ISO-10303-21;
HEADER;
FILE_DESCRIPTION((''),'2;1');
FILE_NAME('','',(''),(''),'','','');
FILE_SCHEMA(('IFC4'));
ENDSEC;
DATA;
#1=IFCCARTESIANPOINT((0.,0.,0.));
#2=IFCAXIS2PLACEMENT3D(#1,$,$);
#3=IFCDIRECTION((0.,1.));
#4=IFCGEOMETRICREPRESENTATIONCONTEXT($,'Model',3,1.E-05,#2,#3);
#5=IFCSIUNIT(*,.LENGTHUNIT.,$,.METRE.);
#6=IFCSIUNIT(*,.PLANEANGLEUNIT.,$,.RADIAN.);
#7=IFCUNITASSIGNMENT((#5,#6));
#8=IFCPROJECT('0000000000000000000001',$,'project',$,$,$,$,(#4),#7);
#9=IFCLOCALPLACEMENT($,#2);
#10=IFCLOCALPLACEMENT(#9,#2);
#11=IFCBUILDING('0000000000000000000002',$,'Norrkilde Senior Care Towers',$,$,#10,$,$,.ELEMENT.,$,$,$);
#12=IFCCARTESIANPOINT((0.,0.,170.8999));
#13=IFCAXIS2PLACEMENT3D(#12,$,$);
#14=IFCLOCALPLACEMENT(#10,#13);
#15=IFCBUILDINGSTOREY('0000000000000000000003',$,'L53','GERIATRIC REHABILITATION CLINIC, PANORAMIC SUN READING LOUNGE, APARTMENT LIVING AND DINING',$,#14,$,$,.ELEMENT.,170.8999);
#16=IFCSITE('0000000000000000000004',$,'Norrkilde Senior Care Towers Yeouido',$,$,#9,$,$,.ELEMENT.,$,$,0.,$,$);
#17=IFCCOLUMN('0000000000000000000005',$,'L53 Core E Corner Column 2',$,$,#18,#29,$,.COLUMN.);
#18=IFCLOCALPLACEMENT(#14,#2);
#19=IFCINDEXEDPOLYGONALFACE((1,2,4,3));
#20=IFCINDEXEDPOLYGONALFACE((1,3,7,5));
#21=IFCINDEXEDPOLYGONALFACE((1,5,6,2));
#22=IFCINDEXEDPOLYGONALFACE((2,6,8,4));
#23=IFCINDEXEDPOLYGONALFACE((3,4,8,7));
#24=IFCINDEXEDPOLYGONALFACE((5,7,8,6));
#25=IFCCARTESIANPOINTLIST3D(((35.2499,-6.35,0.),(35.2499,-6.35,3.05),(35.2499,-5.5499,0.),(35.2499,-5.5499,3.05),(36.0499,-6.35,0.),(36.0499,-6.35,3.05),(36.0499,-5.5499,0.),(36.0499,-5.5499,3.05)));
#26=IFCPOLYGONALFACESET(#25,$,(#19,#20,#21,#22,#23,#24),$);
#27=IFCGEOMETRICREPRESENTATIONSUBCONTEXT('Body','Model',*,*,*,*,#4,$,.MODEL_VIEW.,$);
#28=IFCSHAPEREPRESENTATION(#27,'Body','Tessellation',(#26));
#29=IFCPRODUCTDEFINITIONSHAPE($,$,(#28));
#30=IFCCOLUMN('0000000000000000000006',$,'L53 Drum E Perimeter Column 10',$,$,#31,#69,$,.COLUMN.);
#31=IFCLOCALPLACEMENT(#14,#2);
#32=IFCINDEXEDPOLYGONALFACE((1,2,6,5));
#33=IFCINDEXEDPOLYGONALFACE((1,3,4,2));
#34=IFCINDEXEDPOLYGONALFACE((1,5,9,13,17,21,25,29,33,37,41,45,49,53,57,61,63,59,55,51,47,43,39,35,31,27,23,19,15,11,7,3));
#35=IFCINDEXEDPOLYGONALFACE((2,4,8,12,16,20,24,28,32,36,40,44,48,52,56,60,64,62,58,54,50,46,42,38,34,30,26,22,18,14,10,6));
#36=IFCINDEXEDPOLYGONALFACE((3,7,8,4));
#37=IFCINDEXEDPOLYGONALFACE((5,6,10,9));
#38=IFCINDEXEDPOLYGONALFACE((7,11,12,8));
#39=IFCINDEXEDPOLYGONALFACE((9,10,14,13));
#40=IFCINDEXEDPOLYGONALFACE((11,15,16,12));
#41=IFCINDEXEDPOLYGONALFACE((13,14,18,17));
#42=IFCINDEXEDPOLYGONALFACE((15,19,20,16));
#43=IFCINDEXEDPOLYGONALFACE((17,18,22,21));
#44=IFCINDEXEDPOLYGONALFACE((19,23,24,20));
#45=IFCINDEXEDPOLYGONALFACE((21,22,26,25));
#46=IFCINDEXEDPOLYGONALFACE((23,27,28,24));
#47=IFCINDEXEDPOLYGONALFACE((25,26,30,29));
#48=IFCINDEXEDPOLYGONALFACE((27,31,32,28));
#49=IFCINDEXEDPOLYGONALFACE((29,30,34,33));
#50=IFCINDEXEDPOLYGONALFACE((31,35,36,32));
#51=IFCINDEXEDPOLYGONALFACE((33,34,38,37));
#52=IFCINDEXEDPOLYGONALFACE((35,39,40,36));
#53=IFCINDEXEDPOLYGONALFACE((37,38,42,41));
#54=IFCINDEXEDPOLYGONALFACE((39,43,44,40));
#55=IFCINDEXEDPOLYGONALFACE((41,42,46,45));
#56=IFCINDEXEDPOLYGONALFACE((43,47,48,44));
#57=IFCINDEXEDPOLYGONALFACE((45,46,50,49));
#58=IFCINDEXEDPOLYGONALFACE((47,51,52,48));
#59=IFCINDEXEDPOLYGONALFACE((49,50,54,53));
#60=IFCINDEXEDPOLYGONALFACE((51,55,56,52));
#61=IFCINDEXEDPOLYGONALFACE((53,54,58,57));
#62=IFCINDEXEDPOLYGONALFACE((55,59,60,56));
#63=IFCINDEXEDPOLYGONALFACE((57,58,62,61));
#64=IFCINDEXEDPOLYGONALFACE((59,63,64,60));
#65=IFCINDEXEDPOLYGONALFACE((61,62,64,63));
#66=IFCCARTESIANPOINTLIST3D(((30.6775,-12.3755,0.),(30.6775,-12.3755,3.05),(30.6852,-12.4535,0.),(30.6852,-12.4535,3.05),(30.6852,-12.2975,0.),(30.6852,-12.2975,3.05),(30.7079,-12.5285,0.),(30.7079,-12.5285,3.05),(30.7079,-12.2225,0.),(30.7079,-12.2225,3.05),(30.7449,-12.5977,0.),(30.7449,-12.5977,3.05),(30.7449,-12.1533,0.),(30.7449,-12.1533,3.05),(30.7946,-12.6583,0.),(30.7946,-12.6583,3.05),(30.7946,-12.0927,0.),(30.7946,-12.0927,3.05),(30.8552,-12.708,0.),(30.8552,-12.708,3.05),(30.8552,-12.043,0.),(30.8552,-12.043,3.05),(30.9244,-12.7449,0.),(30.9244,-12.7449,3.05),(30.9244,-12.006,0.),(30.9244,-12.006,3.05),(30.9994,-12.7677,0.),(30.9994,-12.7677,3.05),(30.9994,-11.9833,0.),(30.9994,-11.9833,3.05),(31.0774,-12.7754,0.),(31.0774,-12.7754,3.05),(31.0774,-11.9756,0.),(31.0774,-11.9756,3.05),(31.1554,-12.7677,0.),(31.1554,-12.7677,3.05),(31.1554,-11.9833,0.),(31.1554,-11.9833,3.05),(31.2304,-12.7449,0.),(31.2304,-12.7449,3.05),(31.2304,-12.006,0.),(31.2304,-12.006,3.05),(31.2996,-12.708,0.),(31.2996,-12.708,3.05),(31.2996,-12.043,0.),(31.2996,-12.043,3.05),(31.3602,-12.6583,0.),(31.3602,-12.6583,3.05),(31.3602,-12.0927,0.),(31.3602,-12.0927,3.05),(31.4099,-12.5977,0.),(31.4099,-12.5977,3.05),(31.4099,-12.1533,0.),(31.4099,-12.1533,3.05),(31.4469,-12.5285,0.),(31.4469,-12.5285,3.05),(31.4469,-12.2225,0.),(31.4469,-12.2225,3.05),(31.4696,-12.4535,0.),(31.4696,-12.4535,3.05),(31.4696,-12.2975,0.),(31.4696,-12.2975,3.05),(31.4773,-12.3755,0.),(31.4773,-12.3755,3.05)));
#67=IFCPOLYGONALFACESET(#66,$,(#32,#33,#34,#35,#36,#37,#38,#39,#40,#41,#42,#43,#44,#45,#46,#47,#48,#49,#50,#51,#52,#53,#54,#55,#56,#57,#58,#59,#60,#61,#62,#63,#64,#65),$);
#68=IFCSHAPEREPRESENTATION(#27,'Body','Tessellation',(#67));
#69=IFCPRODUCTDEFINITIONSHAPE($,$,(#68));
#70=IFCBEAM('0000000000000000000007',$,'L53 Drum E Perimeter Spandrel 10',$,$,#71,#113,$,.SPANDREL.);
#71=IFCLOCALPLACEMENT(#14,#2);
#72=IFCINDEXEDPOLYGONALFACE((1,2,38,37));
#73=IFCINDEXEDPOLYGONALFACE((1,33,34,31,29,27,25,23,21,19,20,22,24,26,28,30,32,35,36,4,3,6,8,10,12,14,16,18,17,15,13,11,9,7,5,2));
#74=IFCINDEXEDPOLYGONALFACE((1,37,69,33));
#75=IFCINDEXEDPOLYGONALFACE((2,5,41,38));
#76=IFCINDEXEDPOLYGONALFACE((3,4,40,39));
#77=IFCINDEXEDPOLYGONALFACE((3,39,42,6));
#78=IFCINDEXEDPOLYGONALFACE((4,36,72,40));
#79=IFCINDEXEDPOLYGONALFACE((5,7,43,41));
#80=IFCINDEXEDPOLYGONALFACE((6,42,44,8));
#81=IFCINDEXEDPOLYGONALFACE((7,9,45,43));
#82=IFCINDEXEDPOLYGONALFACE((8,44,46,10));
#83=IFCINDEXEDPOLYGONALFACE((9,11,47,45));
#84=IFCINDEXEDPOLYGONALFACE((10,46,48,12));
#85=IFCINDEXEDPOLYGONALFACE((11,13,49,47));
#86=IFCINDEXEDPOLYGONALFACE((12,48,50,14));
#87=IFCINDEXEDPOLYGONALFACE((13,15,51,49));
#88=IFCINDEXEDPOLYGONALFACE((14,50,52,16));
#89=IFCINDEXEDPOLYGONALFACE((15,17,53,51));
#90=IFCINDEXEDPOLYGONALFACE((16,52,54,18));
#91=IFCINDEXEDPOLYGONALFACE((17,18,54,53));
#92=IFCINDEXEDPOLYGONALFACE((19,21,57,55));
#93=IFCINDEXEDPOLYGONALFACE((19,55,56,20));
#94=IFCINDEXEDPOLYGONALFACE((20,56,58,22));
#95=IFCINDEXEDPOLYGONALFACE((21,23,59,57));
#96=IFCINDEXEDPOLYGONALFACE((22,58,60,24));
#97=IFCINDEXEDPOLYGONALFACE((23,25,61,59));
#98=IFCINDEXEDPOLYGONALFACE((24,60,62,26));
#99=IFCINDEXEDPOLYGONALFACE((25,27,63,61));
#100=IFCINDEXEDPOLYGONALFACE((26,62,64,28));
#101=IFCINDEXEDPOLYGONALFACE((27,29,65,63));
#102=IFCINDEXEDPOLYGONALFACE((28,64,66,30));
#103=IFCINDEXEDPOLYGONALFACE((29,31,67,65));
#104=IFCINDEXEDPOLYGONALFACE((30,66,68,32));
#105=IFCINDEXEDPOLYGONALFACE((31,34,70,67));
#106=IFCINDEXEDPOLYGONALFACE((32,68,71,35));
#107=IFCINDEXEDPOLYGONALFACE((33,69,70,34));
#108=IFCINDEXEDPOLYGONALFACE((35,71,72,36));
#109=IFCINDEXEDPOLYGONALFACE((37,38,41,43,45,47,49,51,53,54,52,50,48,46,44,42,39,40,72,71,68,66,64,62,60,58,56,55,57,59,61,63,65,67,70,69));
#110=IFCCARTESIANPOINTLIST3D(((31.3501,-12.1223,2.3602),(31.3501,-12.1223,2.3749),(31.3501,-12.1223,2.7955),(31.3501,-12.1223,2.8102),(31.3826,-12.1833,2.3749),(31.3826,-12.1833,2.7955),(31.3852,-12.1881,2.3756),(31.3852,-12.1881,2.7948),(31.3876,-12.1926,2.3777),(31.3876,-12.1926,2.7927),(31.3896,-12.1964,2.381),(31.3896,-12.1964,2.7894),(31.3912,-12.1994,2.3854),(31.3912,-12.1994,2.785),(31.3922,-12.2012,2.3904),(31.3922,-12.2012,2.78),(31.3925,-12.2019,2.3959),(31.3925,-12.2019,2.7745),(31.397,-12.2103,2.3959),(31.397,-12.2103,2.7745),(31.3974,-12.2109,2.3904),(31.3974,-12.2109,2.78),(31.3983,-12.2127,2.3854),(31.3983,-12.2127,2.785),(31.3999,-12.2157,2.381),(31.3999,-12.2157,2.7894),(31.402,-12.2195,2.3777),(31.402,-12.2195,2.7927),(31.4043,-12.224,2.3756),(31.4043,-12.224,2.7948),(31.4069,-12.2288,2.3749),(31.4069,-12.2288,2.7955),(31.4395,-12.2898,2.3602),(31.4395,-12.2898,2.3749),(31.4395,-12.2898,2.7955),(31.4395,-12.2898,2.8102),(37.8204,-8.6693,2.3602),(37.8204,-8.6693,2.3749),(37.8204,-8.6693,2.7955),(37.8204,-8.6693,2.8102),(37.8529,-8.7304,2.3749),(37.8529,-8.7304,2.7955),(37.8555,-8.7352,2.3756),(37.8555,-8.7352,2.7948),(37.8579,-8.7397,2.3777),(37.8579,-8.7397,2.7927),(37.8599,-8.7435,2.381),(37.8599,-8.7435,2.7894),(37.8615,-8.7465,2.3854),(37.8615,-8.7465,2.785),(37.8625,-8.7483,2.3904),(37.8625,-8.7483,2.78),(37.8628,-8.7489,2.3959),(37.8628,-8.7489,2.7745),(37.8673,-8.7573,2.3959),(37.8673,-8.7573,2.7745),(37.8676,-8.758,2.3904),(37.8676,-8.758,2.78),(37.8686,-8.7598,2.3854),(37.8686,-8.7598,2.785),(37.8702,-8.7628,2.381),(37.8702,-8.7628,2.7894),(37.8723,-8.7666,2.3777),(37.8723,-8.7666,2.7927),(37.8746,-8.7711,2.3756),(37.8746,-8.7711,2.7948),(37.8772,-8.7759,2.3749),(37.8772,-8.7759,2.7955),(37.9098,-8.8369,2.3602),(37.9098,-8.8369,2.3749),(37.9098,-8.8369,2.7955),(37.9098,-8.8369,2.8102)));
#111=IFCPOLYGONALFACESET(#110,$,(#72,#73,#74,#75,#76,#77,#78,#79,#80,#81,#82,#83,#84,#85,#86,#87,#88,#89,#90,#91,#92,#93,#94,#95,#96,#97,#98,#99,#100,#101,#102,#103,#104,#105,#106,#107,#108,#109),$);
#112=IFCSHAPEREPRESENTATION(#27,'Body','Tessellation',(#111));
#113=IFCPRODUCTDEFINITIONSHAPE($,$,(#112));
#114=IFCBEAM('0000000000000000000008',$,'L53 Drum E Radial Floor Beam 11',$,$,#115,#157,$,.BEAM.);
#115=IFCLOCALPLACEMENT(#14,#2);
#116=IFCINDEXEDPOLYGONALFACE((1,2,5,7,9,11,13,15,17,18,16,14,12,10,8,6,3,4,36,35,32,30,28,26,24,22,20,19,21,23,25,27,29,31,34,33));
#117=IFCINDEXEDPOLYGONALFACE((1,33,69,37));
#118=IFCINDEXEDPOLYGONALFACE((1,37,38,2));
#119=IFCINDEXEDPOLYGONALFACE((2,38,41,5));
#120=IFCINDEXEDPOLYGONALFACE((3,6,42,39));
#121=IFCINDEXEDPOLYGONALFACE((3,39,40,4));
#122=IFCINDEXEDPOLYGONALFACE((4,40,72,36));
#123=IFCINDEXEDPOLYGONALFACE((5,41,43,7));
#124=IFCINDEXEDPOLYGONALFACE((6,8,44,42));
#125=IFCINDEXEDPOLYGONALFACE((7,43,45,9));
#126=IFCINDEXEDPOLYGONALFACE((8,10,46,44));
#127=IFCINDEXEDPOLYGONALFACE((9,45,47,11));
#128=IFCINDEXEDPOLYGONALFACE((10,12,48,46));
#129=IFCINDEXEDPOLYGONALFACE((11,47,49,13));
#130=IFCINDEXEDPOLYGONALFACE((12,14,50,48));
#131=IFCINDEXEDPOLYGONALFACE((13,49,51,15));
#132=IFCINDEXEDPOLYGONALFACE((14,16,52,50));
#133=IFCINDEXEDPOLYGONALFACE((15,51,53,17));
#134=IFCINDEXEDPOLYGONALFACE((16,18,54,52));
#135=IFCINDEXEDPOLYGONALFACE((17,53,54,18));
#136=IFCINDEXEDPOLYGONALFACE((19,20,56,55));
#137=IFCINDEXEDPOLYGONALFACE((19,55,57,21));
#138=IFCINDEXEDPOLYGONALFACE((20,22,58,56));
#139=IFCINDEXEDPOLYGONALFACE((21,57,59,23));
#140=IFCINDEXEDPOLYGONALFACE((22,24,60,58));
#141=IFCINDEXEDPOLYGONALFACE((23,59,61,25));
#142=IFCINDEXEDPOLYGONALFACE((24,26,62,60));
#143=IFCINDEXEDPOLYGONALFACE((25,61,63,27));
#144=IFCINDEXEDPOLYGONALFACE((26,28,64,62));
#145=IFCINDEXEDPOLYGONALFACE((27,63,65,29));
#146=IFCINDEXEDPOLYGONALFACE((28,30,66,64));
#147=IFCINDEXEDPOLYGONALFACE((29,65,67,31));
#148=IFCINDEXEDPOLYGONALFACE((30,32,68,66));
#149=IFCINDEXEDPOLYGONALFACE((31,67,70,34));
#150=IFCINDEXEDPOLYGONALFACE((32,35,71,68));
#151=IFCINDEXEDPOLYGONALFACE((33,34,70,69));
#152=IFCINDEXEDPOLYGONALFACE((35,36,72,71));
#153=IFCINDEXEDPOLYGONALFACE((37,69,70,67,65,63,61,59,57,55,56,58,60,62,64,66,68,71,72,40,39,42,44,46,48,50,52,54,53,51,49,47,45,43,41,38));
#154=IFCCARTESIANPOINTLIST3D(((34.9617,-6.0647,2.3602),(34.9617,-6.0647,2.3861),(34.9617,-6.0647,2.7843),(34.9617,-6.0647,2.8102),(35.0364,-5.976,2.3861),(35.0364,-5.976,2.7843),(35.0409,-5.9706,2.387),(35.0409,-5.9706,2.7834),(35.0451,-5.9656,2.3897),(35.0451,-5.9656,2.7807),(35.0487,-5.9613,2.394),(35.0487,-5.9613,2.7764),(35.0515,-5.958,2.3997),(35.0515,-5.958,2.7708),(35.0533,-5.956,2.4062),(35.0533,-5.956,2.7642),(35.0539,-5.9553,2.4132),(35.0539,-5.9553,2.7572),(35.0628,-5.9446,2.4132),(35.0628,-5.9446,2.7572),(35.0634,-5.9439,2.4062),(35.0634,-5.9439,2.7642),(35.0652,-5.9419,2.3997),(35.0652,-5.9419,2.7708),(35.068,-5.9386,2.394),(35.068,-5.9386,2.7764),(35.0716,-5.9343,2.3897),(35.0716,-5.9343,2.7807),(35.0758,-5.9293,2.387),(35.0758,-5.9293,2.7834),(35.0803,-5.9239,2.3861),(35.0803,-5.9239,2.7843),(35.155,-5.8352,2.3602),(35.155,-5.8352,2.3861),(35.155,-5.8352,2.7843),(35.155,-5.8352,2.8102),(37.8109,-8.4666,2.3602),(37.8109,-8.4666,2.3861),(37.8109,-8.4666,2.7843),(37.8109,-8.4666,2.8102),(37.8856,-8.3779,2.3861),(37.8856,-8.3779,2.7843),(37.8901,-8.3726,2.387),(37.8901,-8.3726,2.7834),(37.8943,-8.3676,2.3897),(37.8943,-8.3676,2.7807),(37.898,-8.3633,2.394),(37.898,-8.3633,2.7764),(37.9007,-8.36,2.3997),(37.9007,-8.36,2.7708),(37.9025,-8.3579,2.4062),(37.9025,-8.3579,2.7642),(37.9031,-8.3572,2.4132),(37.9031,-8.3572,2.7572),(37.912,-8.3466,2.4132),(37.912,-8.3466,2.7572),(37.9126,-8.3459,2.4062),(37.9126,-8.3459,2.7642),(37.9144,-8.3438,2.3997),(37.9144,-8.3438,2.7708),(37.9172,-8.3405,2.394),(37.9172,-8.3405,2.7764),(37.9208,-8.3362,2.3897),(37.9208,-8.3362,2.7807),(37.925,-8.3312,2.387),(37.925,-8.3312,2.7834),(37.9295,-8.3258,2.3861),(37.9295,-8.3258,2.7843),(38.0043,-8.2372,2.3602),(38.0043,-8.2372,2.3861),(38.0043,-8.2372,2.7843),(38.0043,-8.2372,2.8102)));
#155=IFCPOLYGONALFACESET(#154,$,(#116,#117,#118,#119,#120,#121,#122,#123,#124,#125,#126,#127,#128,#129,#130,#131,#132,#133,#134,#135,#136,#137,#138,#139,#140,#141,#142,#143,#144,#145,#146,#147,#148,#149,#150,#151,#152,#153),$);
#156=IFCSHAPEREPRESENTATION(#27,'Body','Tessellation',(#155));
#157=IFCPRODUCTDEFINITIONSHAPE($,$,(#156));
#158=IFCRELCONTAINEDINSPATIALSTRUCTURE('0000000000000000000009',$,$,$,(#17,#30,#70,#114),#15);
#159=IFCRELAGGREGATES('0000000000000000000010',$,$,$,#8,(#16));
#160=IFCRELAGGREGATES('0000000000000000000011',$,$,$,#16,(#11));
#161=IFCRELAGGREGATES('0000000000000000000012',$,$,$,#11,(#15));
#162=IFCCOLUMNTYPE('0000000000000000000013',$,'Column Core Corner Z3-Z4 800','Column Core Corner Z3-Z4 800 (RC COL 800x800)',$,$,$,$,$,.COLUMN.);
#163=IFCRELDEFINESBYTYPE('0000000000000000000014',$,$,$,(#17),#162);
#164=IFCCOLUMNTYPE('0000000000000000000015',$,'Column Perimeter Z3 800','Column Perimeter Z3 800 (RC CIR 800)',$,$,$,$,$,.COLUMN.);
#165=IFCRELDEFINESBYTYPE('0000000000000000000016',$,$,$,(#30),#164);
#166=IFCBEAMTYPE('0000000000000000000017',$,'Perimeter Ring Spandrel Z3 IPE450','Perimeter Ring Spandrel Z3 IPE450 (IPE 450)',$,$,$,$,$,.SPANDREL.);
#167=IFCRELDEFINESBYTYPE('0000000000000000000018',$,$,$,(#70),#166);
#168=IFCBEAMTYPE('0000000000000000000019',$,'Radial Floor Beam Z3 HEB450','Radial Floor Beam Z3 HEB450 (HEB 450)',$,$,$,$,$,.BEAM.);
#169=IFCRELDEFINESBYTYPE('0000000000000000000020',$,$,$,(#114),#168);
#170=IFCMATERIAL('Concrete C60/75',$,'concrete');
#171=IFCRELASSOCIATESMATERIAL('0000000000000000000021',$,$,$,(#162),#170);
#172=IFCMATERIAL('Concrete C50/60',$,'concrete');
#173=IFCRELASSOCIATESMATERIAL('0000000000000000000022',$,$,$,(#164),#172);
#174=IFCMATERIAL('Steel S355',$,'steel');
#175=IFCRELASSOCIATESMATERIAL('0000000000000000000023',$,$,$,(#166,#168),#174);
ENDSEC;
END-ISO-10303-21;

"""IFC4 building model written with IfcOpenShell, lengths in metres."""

from ifc_helpers import new_model, si_unit, direction, frame, origin, origin_2d, place, context, subcontext, project, spatial, rectangle, circle, i_section, extrude, source, transform, mapped, material, material_profile, profile_set, type_object, type_shapes, element, save


model = new_model("IFC4")

# Units and contexts
model_context = context("Model", 3, precision=1e-05, world=origin(), true_north=direction((0.0, 1.0)))
body_context = subcontext(model_context, "Body", "Model", "MODEL_VIEW")
ifc_project = project(units=[si_unit("LENGTHUNIT", "METRE"), si_unit("PLANEANGLEUNIT", "RADIAN")], contexts=[model_context])

# Site, building, storey
site_placement = place(None, origin())
site = spatial("IfcSite", under=ifc_project, at=site_placement, Name="Norrkilde Senior Care Towers Yeouido", CompositionType="ELEMENT", RefElevation=0.0)
building_placement = place(site_placement, origin())
building = spatial("IfcBuilding", under=site, at=building_placement, Name="Norrkilde Senior Care Towers", CompositionType="ELEMENT")
storey_placement = place(building_placement, frame((0.0, 0.0, 170.8999)))
storey = spatial("IfcBuildingStorey", under=building, at=storey_placement, Name="L53", Description="GERIATRIC REHABILITATION CLINIC, PANORAMIC SUN READING LOUNGE, APARTMENT LIVING AND DINING", CompositionType="ELEMENT", Elevation=170.8999)

# Columns
ifc_material_1 = material(Name="Concrete C60/75", Category="concrete")
ifc_material_profile_1 = material_profile(ifc_material_1, rectangle(XDim=0.8, YDim=0.8, at=origin_2d()), Name="RC COL 800x800")
ifc_profile_set_1 = profile_set([ifc_material_profile_1], Name="Concrete C60/75")
column_type_1 = type_object("IfcColumnType", Name="Column Core Corner Z3-Z4 800", Description="Column Core Corner Z3-Z4 800 (RC COL 800x800)", PredefinedType="COLUMN", material=ifc_profile_set_1)
shared_shape_1 = source(origin(), body_context, "Body", "SweptSolid", [
    extrude(rectangle(XDim=0.8, YDim=0.8, at=origin_2d()), origin(), (0.0, 0.0, 1.0), 3.05),
])
type_shapes(column_type_1, [shared_shape_1])
column_1_placement = place(storey_placement, frame((35.6499, -5.95, 0.0), z_axis=(0.0, 0.0, 1.0), x_axis=(1.0, 0.0, 0.0)))
element("IfcColumn", 1, at=column_1_placement, inside=storey, type_object=column_type_1, Name="L53 Core E Corner Column 2", PredefinedType="COLUMN", context=body_context, shape_type="MappedRepresentation", body=[
    mapped(shared_shape_1, transform((0.0, 0.0, 0.0), x_axis=(1.0, 0.0, 0.0), y_axis=(0.0, 1.0, 0.0), z_axis=(0.0, 0.0, 1.0), scale=1.0)),
])
ifc_material_2 = material(Name="Concrete C50/60", Category="concrete")
ifc_material_profile_2 = material_profile(ifc_material_2, circle(Radius=0.3999, at=origin_2d()), Name="RC CIR 800")
ifc_profile_set_2 = profile_set([ifc_material_profile_2], Name="Concrete C50/60")
column_type_2 = type_object("IfcColumnType", Name="Column Perimeter Z3 800", Description="Column Perimeter Z3 800 (RC CIR 800)", PredefinedType="COLUMN", material=ifc_profile_set_2)
shared_shape_2 = source(origin(), body_context, "Body", "SweptSolid", [
    extrude(circle(Radius=0.3999, at=origin_2d()), origin(), (0.0, 0.0, 1.0), 3.05),
])
type_shapes(column_type_2, [shared_shape_2])
column_2_placement = place(storey_placement, frame((31.0774, -12.3755, 0.0), z_axis=(0.0, 0.0, 1.0), x_axis=(1.0, 0.0, 0.0)))
element("IfcColumn", 2, at=column_2_placement, inside=storey, type_object=column_type_2, Name="L53 Drum E Perimeter Column 10", PredefinedType="COLUMN", context=body_context, shape_type="MappedRepresentation", body=[
    mapped(shared_shape_2, transform((0.0, 0.0, 0.0), x_axis=(1.0, 0.0, 0.0), y_axis=(0.0, 1.0, 0.0), z_axis=(0.0, 0.0, 1.0), scale=1.0)),
])

# Beams
ifc_material_3 = material(Name="Steel S355", Category="steel")
ifc_material_profile_3 = material_profile(ifc_material_3, i_section(OverallWidth=0.1899, OverallDepth=0.45, WebThickness=0.0095, FlangeThickness=0.0146, FilletRadius=0.021, at=origin_2d()), Name="IPE 450")
ifc_profile_set_3 = profile_set([ifc_material_profile_3], Name="Steel S355")
beam_type_1 = type_object("IfcBeamType", Name="Perimeter Ring Spandrel Z3 IPE450", Description="Perimeter Ring Spandrel Z3 IPE450 (IPE 450)", PredefinedType="SPANDREL", material=ifc_profile_set_3)
shared_shape_3 = source(origin(), body_context, "Body", "SweptSolid", [
    extrude(i_section(OverallWidth=0.1899, OverallDepth=0.45, WebThickness=0.0095, FlangeThickness=0.0146, FilletRadius=0.021, at=origin_2d()), origin(), (0.0, 0.0, 1.0), 7.334),
])
type_shapes(beam_type_1, [shared_shape_3])
beam_1_placement = place(storey_placement, frame((31.3948, -12.2061, 2.5852), z_axis=(0.882234, 0.470811, 0.0), x_axis=(-0.470811, 0.882234, 0.0)))
element("IfcBeam", 3, at=beam_1_placement, inside=storey, type_object=beam_type_1, Name="L53 Drum E Perimeter Spandrel 10", PredefinedType="SPANDREL", context=body_context, shape_type="MappedRepresentation", body=[
    mapped(shared_shape_3, transform((0.0, 0.0, 0.0), x_axis=(1.0, 0.0, 0.0), y_axis=(0.0, 1.0, 0.0), z_axis=(0.0, 0.0, 1.0), scale=1.0)),
])
ifc_material_profile_4 = material_profile(ifc_material_3, i_section(OverallWidth=0.3, OverallDepth=0.45, WebThickness=0.0139, FlangeThickness=0.0259, FilletRadius=0.0271, at=origin_2d()), Name="HEB 450")
ifc_profile_set_4 = profile_set([ifc_material_profile_4], Name="Steel S355")
beam_type_2 = type_object("IfcBeamType", Name="Radial Floor Beam Z3 HEB450", Description="Radial Floor Beam Z3 HEB450 (HEB 450)", PredefinedType="BEAM", material=ifc_profile_set_4)
shared_shape_4 = source(origin(), body_context, "Body", "SweptSolid", [
    extrude(i_section(OverallWidth=0.3, OverallDepth=0.45, WebThickness=0.0139, FlangeThickness=0.0259, FilletRadius=0.0271, at=origin_2d()), origin(), (0.0, 0.0, 1.0), 3.7266),
])
beam_2_placement = place(storey_placement, frame((35.0583, -5.95, 2.5852), z_axis=(0.764568, -0.644543, 0.0), x_axis=(0.644543, 0.764568, 0.0)))
element("IfcBeam", 4, at=beam_2_placement, inside=storey, type_object=beam_type_2, Name="L53 Drum E Radial Floor Beam 11", PredefinedType="BEAM", context=body_context, shape_type="MappedRepresentation", body=[
    mapped(shared_shape_4, transform((0.0, 0.0, 0.0), x_axis=(1.0, 0.0, 0.0), y_axis=(0.0, 1.0, 0.0), z_axis=(0.0, 0.0, 1.0), scale=1.0)),
])

save(model, "model.ifc")
